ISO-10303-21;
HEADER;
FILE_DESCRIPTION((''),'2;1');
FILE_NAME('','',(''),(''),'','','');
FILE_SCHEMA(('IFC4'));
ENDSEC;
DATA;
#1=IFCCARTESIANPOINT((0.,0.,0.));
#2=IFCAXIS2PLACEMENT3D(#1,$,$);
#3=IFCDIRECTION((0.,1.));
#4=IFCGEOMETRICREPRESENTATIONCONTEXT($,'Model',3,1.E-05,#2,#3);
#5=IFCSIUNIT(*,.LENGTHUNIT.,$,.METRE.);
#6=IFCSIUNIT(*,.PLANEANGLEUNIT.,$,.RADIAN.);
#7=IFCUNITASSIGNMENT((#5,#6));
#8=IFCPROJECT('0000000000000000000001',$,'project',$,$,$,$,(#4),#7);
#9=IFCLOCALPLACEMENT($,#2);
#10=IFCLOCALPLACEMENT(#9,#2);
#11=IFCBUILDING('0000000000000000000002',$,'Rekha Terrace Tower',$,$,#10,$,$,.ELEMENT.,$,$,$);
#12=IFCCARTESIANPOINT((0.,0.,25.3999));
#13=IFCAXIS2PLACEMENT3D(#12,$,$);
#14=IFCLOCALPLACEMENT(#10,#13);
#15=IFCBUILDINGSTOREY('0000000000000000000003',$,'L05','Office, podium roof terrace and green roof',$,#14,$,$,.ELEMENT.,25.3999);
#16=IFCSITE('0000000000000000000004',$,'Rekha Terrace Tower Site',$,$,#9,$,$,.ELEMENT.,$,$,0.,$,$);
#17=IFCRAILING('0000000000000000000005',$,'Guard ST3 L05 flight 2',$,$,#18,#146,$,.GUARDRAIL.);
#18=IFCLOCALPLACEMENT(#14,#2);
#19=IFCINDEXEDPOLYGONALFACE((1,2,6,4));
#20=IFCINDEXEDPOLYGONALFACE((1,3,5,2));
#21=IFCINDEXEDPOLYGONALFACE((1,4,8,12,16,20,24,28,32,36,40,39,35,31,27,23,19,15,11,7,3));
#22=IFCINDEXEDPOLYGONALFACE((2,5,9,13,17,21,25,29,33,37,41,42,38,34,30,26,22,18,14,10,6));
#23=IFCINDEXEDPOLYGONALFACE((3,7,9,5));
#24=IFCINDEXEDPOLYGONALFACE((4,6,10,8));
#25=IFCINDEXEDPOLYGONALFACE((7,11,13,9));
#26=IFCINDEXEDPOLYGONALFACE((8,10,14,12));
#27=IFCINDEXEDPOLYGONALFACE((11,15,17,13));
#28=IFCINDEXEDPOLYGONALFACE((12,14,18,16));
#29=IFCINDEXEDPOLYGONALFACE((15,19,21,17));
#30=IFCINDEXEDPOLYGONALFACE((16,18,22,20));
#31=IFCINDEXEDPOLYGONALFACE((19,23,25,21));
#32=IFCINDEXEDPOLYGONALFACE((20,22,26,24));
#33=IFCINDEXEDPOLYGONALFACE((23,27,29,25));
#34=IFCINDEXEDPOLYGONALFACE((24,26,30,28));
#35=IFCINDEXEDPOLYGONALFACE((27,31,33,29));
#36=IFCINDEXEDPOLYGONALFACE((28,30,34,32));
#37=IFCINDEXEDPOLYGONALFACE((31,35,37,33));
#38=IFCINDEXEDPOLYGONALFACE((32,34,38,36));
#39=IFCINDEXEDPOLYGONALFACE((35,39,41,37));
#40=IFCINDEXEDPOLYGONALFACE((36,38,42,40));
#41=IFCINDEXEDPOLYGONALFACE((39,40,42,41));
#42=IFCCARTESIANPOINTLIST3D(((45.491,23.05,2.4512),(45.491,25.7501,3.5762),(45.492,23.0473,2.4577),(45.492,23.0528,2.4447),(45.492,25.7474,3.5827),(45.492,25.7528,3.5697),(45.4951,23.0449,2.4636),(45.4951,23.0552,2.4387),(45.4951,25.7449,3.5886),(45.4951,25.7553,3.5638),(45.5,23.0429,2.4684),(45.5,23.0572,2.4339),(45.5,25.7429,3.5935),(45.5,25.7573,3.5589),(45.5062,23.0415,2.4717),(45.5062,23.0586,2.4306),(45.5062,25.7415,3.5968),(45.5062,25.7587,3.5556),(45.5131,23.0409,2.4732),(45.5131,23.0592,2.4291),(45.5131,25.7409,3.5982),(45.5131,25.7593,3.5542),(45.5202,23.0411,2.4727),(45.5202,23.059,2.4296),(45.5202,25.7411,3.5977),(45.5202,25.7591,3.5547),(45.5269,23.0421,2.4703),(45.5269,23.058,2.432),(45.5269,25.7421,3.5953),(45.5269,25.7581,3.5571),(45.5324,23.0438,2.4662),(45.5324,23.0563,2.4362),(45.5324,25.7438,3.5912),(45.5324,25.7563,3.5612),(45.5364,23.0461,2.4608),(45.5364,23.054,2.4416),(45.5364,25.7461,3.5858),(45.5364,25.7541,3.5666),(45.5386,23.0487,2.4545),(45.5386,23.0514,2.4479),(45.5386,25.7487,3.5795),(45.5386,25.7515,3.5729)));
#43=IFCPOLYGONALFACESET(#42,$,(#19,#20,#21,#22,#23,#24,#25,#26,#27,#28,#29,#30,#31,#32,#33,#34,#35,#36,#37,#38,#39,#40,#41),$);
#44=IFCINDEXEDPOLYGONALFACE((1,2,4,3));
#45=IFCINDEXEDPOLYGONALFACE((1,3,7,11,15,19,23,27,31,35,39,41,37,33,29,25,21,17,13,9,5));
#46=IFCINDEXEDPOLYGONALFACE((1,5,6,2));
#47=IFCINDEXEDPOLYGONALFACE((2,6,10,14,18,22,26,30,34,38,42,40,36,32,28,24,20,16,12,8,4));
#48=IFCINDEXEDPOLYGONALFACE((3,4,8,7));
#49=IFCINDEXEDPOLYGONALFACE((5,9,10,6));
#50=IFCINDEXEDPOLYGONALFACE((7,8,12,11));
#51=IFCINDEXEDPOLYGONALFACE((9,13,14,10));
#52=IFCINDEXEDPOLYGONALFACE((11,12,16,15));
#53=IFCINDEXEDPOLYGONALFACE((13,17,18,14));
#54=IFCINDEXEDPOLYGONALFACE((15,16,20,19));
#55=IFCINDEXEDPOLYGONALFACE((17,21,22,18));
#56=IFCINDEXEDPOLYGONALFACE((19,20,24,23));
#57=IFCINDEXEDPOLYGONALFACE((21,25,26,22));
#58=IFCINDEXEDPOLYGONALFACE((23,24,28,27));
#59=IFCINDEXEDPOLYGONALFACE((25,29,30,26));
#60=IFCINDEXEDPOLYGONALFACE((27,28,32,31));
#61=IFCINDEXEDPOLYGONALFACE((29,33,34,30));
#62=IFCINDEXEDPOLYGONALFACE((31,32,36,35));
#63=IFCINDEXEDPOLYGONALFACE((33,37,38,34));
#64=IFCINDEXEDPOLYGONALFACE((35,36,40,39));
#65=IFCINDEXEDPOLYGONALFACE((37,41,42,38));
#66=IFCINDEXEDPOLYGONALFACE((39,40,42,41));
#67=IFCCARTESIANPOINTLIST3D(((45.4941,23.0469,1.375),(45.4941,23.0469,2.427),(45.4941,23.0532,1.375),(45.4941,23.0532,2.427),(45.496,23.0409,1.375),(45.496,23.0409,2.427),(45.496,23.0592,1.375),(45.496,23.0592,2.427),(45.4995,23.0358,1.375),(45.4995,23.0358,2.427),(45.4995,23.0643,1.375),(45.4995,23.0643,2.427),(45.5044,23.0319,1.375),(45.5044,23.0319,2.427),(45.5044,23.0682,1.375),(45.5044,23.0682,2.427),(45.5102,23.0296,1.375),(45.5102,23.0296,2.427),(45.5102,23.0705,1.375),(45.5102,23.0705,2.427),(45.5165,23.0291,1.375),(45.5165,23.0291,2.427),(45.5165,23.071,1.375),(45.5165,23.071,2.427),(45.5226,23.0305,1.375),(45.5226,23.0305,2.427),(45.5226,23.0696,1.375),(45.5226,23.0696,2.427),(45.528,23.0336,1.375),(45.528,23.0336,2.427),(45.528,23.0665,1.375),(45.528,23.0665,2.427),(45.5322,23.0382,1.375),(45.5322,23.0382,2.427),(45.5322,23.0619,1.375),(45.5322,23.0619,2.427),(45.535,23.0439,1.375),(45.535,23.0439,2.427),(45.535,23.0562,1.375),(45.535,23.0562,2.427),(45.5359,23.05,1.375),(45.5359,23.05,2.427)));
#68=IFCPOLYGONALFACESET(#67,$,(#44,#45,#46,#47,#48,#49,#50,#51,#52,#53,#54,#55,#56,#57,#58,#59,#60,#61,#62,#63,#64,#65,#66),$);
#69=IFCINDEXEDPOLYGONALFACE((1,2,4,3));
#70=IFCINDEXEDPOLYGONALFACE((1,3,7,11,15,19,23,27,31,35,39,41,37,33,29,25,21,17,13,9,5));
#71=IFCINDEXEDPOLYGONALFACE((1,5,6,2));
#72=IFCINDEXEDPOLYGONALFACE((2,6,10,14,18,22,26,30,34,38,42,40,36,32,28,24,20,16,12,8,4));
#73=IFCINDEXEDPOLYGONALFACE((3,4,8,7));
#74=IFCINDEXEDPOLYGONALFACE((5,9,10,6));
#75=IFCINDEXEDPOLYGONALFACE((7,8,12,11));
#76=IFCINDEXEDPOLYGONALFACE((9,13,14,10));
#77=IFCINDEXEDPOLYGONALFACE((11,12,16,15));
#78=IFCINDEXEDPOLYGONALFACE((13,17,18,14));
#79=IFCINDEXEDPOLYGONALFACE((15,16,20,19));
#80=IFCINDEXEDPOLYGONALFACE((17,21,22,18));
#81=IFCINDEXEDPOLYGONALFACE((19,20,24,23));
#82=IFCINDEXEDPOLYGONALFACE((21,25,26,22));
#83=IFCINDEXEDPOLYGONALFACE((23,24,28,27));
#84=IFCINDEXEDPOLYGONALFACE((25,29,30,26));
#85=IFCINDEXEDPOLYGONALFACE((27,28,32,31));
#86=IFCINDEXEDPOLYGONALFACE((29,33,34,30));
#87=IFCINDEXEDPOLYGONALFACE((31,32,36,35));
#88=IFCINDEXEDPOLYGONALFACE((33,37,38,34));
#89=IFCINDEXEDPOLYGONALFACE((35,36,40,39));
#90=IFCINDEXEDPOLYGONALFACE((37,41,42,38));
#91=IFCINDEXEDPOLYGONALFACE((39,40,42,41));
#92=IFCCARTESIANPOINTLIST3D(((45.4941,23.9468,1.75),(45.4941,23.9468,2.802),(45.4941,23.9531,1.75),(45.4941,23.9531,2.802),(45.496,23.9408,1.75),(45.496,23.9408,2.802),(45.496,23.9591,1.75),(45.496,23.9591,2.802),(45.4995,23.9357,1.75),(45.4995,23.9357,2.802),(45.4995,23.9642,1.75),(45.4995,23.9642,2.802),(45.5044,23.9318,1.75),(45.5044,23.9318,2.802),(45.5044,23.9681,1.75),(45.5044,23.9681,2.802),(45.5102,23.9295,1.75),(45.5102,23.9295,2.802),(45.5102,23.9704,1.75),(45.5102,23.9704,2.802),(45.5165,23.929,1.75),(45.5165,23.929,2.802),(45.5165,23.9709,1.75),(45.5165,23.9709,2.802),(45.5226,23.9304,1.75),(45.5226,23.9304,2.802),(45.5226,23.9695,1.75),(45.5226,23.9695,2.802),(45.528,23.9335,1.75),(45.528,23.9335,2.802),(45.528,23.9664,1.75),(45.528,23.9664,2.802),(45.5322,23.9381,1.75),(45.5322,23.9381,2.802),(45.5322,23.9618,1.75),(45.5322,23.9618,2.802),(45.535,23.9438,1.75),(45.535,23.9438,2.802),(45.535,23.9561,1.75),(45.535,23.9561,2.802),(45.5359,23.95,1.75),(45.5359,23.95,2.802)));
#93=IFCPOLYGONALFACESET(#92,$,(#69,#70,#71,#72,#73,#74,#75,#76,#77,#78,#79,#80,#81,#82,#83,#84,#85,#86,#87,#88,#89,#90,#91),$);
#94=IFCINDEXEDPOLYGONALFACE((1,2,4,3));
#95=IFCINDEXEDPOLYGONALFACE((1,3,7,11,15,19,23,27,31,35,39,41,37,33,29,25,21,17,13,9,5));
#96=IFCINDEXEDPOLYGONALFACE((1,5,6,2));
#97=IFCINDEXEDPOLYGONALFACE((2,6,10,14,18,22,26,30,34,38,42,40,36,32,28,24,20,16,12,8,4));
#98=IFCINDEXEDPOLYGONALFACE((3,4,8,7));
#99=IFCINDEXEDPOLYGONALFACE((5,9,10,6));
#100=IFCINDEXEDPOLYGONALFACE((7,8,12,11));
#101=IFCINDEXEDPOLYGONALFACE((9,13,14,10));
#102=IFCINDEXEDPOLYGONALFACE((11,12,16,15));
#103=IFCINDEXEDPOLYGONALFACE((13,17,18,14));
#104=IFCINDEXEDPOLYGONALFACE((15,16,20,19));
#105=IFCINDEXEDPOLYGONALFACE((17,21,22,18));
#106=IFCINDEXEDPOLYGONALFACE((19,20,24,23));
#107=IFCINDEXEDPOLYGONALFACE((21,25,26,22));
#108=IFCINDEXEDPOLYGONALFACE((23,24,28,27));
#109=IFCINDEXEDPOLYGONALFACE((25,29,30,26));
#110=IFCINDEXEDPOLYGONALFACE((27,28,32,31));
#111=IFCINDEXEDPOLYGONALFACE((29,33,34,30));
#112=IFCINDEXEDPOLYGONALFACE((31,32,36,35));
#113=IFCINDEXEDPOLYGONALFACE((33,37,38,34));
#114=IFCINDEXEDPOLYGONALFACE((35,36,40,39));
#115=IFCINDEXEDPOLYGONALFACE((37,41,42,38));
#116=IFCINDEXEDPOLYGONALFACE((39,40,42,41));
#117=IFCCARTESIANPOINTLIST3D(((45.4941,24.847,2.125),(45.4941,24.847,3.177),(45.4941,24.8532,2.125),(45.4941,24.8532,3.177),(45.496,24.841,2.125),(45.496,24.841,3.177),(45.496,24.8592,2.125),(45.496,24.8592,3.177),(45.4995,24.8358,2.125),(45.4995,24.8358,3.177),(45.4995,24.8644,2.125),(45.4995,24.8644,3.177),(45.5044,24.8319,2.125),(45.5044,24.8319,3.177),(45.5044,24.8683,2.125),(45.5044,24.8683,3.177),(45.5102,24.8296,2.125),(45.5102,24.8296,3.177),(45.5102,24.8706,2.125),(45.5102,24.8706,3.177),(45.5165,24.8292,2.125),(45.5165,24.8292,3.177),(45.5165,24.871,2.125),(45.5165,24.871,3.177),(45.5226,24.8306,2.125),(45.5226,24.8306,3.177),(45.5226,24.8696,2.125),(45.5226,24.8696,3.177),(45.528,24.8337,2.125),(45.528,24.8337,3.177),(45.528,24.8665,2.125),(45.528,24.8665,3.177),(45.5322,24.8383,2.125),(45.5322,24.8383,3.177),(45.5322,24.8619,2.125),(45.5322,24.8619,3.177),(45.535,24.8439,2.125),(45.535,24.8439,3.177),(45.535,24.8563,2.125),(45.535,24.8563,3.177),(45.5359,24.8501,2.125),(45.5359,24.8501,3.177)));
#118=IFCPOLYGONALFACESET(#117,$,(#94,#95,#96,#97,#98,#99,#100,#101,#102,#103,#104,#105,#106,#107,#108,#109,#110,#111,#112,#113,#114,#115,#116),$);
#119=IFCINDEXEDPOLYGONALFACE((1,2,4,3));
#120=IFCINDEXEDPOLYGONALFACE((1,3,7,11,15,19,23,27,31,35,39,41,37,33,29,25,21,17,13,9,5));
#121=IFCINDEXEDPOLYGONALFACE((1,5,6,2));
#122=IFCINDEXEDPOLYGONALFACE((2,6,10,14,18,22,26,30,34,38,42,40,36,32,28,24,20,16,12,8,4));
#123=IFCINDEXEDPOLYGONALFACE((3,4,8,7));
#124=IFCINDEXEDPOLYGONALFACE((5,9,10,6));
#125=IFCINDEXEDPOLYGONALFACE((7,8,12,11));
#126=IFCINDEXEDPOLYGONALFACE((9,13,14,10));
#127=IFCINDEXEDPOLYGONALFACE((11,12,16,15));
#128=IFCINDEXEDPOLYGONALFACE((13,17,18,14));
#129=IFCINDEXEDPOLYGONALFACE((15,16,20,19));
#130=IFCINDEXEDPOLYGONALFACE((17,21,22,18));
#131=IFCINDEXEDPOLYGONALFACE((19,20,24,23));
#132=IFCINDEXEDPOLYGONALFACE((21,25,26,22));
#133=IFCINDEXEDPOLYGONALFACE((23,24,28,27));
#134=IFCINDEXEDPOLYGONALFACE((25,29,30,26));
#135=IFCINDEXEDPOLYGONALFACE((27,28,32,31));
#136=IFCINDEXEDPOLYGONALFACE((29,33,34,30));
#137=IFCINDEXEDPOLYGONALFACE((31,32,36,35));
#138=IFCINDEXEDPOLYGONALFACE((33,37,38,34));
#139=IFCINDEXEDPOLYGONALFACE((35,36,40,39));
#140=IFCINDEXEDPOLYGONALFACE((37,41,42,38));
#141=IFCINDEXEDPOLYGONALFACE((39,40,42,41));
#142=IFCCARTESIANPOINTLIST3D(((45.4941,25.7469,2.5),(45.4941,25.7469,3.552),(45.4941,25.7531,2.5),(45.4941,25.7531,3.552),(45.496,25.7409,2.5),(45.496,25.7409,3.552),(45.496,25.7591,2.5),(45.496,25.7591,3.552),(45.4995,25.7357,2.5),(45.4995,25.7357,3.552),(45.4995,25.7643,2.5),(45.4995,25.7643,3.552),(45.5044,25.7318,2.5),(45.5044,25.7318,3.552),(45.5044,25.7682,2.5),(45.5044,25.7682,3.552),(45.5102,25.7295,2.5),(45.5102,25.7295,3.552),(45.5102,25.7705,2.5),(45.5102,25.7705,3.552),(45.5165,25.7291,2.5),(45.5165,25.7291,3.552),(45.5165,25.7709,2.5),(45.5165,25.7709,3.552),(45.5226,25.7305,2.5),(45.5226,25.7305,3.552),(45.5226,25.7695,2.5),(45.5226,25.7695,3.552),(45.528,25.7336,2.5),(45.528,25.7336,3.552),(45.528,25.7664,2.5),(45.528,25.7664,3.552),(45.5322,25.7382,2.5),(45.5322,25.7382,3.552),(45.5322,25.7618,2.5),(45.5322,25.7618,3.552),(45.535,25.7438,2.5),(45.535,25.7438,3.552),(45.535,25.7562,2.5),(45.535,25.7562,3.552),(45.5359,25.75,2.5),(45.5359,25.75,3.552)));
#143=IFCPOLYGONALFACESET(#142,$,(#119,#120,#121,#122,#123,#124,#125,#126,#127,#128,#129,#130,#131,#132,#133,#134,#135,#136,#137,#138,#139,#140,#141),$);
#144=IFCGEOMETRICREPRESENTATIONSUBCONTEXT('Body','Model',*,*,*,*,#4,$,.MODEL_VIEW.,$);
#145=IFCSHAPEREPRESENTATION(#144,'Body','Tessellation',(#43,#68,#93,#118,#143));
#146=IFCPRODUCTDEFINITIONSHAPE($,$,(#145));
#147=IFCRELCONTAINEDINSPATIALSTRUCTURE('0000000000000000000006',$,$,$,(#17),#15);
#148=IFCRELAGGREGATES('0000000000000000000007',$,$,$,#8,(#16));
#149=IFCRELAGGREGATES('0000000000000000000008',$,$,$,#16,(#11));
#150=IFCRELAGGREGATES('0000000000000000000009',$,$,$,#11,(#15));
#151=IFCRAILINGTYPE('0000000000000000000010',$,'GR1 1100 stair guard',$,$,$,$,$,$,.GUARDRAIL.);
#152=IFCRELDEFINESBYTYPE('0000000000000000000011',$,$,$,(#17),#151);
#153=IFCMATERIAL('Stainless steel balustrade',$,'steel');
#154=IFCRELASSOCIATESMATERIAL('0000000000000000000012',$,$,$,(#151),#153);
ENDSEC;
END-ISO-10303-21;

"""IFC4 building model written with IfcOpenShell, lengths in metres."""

from ifc_helpers import new_model, si_unit, direction, frame, origin, origin_2d, place, context, subcontext, project, spatial, circle, extrude, material, type_object, element, save


model = new_model("IFC4")

# Units and contexts
model_context = context("Model", 3, precision=1e-05, world=origin(), true_north=direction((0.0, 1.0)))
body_context = subcontext(model_context, "Body", "Model", "MODEL_VIEW")
ifc_project = project(units=[si_unit("LENGTHUNIT", "METRE"), si_unit("PLANEANGLEUNIT", "RADIAN")], contexts=[model_context])

# Site, building, storey
site_placement = place(None, origin())
site = spatial("IfcSite", under=ifc_project, at=site_placement, Name="Rekha Terrace Tower Site", CompositionType="ELEMENT", RefElevation=0.0)
building_placement = place(site_placement, origin())
building = spatial("IfcBuilding", under=site, at=building_placement, Name="Rekha Terrace Tower", CompositionType="ELEMENT")
storey_placement = place(building_placement, frame((0.0, 0.0, 25.3999)))
storey = spatial("IfcBuildingStorey", under=building, at=storey_placement, Name="L05", Description="Office, podium roof terrace and green roof", CompositionType="ELEMENT", Elevation=25.3999)

# Railing
ifc_material_1 = material(Name="Stainless steel balustrade", Category="steel")
railing_type_1 = type_object("IfcRailingType", Name="GR1 1100 stair guard", PredefinedType="GUARDRAIL", material=ifc_material_1)
railing_1_placement = place(storey_placement, frame((45.5149, 23.05, 1.375)))
element("IfcRailing", 1, at=railing_1_placement, inside=storey, type_object=railing_type_1, Name="Guard ST3 L05 flight 2", PredefinedType="GUARDRAIL", context=body_context, shape_type="SweptSolid", body=[
    extrude(circle(Radius=0.0239, at=origin_2d()), frame((0.0, 0.0, 1.0762), z_axis=(0.0, 0.923074, 0.384621), x_axis=(-1.0, 0.0, 0.0)), (0.0, 0.0, 1.0), 2.925),
    extrude(circle(Radius=0.021, at=origin_2d()), origin(), (0.0, 0.0, 1.0), 1.052),
    extrude(circle(Radius=0.021, at=origin_2d()), frame((0.0, 0.8999, 0.375)), (0.0, 0.0, 1.0), 1.052),
    extrude(circle(Radius=0.021, at=origin_2d()), frame((0.0, 1.8, 0.75)), (0.0, 0.0, 1.0), 1.052),
    extrude(circle(Radius=0.021, at=origin_2d()), frame((0.0, 2.7, 1.125)), (0.0, 0.0, 1.0), 1.052),
])

save(model, "model.ifc")
